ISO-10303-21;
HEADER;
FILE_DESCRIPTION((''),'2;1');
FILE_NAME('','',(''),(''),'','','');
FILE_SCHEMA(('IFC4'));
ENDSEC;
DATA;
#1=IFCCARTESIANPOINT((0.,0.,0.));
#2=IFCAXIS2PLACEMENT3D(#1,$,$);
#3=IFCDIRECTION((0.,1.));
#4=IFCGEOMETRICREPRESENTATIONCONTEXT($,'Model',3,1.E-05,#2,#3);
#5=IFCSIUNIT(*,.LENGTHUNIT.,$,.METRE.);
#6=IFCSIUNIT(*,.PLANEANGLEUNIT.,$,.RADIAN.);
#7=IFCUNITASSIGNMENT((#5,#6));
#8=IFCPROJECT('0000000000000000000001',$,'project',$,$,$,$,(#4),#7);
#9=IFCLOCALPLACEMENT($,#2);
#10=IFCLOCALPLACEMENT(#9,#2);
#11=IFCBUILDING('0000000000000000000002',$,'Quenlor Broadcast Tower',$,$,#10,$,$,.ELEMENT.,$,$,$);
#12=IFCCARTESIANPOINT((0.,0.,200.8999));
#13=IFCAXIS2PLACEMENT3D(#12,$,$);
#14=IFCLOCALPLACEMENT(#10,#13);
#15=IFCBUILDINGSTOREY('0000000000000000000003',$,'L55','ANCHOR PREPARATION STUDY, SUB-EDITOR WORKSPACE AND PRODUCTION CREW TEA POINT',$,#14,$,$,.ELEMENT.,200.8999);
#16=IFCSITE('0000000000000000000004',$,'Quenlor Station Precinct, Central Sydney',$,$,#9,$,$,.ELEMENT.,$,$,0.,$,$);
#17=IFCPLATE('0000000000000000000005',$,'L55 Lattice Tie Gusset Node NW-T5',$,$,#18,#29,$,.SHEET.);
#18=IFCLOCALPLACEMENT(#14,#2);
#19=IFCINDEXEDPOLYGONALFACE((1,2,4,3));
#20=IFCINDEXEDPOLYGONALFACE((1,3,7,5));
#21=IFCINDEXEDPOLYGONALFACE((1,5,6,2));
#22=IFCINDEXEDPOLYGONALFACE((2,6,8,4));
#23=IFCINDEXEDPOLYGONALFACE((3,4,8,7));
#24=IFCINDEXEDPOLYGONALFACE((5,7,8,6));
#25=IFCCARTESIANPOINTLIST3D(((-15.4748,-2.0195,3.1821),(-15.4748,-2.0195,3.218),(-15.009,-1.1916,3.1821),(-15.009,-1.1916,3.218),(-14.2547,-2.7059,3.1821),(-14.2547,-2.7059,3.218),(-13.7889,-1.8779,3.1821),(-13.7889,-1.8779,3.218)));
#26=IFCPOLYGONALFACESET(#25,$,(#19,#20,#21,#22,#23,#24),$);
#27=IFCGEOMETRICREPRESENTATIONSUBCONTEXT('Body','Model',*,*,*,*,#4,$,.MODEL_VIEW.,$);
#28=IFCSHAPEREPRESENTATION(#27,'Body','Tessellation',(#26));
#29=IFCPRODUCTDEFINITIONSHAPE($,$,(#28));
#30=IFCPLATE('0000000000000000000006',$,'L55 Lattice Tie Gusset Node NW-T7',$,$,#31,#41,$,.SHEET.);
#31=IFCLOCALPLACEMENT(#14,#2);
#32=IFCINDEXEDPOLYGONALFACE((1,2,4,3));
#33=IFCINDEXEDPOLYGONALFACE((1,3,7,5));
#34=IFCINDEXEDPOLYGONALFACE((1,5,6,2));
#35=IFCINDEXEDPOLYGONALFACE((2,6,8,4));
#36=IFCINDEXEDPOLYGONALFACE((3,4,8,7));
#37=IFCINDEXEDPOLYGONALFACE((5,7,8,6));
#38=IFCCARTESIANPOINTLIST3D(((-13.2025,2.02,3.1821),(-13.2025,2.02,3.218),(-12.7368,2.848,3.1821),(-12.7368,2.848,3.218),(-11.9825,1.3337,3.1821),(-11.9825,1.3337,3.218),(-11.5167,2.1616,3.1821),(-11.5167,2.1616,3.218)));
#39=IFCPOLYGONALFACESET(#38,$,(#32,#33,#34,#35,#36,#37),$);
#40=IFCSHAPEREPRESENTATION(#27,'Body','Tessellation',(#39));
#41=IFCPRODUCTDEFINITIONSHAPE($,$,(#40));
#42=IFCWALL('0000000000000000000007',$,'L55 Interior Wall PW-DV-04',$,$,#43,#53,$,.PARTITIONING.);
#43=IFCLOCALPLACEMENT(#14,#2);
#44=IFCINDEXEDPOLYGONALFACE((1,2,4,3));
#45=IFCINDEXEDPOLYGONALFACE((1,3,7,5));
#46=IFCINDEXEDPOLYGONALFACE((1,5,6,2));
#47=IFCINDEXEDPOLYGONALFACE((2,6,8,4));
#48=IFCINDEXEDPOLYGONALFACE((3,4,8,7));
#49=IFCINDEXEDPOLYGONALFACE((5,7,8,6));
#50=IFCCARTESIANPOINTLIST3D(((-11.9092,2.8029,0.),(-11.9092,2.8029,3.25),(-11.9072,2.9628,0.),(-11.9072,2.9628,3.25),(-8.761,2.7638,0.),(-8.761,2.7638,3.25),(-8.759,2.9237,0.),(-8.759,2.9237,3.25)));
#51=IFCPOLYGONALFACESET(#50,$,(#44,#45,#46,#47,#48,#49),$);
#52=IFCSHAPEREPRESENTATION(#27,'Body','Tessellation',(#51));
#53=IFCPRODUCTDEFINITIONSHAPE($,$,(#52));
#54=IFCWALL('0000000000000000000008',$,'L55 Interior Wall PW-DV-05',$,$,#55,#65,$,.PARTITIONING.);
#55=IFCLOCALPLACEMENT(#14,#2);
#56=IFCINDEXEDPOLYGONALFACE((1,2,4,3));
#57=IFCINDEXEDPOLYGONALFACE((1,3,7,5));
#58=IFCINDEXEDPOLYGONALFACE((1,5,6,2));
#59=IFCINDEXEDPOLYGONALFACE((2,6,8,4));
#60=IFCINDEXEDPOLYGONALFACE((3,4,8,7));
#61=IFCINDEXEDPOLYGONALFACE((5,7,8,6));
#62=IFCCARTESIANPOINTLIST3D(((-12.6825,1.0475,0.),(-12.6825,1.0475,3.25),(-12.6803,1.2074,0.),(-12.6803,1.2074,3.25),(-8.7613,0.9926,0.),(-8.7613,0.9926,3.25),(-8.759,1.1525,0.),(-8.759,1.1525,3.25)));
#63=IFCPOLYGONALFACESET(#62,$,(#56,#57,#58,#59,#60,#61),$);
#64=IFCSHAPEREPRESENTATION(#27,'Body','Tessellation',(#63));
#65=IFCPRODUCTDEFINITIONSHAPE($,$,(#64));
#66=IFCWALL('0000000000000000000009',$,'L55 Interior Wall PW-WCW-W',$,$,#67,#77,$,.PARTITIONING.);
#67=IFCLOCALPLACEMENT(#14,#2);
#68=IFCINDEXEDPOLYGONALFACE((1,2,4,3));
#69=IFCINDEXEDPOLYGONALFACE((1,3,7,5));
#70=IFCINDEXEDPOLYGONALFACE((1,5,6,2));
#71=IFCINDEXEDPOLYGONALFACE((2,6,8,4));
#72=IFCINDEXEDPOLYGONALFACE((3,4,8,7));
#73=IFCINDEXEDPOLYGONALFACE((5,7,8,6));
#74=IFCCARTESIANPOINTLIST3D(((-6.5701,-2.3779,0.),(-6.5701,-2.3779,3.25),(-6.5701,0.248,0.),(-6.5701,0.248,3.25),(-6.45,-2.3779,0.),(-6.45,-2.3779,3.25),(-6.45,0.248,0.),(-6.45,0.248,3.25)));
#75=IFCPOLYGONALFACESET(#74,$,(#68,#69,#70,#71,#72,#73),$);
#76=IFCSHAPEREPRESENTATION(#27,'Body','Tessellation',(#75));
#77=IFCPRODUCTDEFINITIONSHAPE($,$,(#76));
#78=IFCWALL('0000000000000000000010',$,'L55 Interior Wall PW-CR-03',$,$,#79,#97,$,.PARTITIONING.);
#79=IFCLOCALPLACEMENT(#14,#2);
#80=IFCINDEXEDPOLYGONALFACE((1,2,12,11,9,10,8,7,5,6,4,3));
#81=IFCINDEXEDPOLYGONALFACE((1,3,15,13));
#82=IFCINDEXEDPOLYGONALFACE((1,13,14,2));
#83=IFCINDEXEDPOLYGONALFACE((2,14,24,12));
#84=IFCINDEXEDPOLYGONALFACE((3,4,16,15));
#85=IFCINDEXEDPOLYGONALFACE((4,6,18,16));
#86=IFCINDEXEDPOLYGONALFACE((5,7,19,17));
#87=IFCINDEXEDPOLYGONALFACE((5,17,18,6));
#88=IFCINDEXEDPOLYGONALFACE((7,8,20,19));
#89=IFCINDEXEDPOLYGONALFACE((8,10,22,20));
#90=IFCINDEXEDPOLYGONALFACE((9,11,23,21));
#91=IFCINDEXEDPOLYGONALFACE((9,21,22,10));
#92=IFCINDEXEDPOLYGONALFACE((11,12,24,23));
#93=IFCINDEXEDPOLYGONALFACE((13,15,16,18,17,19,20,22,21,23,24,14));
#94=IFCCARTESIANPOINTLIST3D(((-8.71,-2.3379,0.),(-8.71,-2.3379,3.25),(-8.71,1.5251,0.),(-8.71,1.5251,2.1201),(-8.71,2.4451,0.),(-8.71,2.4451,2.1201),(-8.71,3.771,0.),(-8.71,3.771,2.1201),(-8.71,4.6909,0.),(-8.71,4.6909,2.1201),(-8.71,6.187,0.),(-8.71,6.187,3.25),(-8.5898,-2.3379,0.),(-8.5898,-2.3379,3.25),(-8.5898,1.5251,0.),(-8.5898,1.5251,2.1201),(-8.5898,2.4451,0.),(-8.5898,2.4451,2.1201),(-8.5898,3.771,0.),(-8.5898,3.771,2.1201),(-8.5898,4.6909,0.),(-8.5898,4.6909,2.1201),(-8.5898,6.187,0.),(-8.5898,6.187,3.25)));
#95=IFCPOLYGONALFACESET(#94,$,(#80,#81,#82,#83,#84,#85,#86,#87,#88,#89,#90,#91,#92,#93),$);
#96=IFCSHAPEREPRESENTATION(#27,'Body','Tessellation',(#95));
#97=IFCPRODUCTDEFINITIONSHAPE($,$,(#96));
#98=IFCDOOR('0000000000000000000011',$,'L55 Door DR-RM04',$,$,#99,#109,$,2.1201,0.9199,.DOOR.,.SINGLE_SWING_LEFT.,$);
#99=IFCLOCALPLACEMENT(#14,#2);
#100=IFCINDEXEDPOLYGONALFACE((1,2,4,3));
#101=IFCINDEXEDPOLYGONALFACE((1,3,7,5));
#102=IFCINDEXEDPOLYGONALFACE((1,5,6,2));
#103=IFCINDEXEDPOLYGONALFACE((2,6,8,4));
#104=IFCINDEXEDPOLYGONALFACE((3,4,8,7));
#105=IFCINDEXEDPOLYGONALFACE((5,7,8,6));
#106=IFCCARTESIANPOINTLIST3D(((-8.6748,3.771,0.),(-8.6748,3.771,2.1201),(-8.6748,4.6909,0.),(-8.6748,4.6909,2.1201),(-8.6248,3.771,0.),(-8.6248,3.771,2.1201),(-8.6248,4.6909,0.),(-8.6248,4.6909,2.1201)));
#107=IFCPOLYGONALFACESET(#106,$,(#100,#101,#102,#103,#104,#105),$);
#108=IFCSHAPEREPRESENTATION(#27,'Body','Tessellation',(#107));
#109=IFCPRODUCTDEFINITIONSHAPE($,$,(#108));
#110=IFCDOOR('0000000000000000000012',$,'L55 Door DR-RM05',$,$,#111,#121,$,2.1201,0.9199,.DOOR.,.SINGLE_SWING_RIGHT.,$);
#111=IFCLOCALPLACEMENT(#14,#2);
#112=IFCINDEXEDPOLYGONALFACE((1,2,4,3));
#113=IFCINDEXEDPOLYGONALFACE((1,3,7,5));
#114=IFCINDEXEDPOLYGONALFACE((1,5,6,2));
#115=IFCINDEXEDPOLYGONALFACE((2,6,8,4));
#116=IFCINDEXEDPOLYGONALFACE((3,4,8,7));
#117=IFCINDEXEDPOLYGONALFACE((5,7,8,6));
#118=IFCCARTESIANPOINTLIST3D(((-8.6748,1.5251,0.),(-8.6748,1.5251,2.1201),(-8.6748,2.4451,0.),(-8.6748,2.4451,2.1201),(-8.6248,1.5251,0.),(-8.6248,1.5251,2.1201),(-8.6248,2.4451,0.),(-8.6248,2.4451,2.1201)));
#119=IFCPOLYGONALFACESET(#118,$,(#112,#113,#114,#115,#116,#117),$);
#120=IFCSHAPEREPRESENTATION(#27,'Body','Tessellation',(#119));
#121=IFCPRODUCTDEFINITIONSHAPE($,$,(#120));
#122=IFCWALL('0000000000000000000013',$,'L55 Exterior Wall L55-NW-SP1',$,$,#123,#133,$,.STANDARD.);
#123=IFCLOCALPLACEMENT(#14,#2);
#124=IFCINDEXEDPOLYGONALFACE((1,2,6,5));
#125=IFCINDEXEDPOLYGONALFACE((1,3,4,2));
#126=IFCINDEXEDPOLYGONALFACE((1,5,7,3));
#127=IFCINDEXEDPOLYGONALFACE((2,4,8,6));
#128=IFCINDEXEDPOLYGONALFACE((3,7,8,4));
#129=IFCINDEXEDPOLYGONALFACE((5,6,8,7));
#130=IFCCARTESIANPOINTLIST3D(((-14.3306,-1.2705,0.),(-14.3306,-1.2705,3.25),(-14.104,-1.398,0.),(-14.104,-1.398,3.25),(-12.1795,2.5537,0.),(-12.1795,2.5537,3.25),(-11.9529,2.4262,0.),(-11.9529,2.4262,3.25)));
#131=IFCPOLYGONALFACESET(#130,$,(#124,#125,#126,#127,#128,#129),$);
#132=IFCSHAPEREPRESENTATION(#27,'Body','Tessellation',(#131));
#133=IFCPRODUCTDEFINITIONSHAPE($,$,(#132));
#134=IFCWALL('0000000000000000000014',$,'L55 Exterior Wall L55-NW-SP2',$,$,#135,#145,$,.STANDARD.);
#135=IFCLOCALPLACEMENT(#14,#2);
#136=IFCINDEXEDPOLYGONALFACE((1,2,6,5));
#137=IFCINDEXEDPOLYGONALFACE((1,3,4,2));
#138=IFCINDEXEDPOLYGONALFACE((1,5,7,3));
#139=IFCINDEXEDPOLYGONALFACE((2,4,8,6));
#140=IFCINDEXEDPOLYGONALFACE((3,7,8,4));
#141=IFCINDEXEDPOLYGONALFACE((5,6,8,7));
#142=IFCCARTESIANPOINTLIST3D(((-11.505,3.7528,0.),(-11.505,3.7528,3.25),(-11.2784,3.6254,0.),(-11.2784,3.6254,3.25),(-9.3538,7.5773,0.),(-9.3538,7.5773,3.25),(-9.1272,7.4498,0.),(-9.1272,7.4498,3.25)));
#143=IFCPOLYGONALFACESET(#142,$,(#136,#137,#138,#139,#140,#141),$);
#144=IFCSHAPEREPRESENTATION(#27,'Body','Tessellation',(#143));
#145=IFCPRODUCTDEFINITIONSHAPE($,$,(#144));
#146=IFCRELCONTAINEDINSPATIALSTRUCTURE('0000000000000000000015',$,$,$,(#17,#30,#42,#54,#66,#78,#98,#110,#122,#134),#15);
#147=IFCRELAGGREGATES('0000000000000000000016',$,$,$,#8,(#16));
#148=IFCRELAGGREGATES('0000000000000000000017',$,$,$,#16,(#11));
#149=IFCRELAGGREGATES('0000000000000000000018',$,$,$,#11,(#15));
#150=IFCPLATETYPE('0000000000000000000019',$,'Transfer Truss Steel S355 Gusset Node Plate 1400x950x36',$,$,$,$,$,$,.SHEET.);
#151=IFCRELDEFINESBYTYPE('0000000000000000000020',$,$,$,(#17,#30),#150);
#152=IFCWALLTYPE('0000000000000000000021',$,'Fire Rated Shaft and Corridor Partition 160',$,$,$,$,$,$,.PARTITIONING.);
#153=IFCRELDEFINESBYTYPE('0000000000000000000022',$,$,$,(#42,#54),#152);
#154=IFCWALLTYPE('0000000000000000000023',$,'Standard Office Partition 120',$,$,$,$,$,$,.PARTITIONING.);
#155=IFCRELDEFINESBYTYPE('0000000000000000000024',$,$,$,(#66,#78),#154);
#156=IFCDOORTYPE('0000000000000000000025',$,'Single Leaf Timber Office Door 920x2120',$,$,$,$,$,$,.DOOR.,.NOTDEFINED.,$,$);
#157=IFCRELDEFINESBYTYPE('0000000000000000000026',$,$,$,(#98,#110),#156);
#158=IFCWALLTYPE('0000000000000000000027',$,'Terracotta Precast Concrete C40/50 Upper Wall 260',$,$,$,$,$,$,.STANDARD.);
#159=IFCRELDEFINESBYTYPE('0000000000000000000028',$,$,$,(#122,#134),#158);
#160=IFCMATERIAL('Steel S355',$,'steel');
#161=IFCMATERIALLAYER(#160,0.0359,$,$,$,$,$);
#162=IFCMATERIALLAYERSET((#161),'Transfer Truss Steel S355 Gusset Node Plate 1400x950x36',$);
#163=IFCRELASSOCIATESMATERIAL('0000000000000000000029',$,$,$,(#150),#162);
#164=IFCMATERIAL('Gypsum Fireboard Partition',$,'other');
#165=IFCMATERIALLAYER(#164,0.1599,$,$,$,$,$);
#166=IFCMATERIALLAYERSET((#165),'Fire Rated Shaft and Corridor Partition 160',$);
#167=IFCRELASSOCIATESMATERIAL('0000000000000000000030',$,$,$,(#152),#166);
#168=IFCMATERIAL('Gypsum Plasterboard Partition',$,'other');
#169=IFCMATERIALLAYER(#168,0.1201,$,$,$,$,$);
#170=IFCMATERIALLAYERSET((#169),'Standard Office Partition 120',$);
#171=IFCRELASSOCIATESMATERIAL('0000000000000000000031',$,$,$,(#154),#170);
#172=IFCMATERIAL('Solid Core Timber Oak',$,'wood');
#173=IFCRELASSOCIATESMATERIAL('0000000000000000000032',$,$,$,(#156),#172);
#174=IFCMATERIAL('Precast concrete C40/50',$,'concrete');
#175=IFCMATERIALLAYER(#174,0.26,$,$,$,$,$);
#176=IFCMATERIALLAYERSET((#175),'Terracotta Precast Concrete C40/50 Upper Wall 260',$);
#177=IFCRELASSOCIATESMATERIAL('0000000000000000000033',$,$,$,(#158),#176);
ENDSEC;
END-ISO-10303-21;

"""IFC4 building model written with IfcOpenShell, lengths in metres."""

from ifc_helpers import new_model, si_unit, direction, frame, frame_2d, origin, origin_2d, place, context, subcontext, project, spatial, rectangle, extrude, material, layer, layer_set, type_object, element, fill, save


model = new_model("IFC4")

# Units and contexts
model_context = context("Model", 3, precision=1e-05, world=origin(), true_north=direction((0.0, 1.0)))
body_context = subcontext(model_context, "Body", "Model", "MODEL_VIEW")
ifc_project = project(units=[si_unit("LENGTHUNIT", "METRE"), si_unit("PLANEANGLEUNIT", "RADIAN")], contexts=[model_context])

# Site, building, storey
site_placement = place(None, origin())
site = spatial("IfcSite", under=ifc_project, at=site_placement, Name="Quenlor Station Precinct, Central Sydney", CompositionType="ELEMENT", RefElevation=0.0)
building_placement = place(site_placement, origin())
building = spatial("IfcBuilding", under=site, at=building_placement, Name="Quenlor Broadcast Tower", CompositionType="ELEMENT")
storey_placement = place(building_placement, frame((0.0, 0.0, 200.8999)))
storey = spatial("IfcBuildingStorey", under=building, at=storey_placement, Name="L55", Description="ANCHOR PREPARATION STUDY, SUB-EDITOR WORKSPACE AND PRODUCTION CREW TEA POINT", CompositionType="ELEMENT", Elevation=200.8999)

# Plates
ifc_material_1 = material(Name="Steel S355", Category="steel")
ifc_layer_1 = layer(ifc_material_1, 0.0359)
ifc_layer_set_1 = layer_set([ifc_layer_1], Name="Transfer Truss Steel S355 Gusset Node Plate 1400x950x36")
plate_type_1 = type_object("IfcPlateType", Name="Transfer Truss Steel S355 Gusset Node Plate 1400x950x36", PredefinedType="SHEET", material=ifc_layer_set_1)
for number, where, z_axis, x_axis, name in (
    (1, (-14.6318, -1.9487, 3.1821), (0.0, 0.0, 1.0), (-0.871556, 0.490295, 0.0), "L55 Lattice Tie Gusset Node NW-T5"),
    (2, (-12.3596, 2.0908, 3.1821), (0.0, 0.0, 1.0), (-0.871556, 0.490295, 0.0), "L55 Lattice Tie Gusset Node NW-T7"),
):
    element("IfcPlate", number, at=place(storey_placement, frame(where, z_axis=z_axis, x_axis=x_axis)), inside=storey, type_object=plate_type_1, Name=name, PredefinedType="SHEET", context=body_context, shape_type="SweptSolid", body=[
        extrude(rectangle(XDim=1.3999, YDim=0.95, at=origin_2d()), origin(), (0.0, 0.0, 1.0), 0.0359),
    ])

# Walls
ifc_material_2 = material(Name="Gypsum Fireboard Partition", Category="other")
ifc_layer_2 = layer(ifc_material_2, 0.1599)
ifc_layer_set_2 = layer_set([ifc_layer_2], Name="Fire Rated Shaft and Corridor Partition 160")
wall_type_1 = type_object("IfcWallType", Name="Fire Rated Shaft and Corridor Partition 160", PredefinedType="PARTITIONING", material=ifc_layer_set_2)
wall_1_placement = place(storey_placement, frame((-8.76, 2.8438, 0.0), z_axis=(0.0, 0.0, 1.0), x_axis=(-0.999923, 0.012407, 0.0)))
element("IfcWall", 3, at=wall_1_placement, inside=storey, type_object=wall_type_1, Name="L55 Interior Wall PW-DV-04", PredefinedType="PARTITIONING", context=body_context, shape_type="SweptSolid", body=[
    extrude(rectangle(XDim=3.1484, YDim=0.1599, at=frame_2d((1.5742, 0.0))), origin(), (0.0, 0.0, 1.0), 3.25),
])
wall_2_placement = place(storey_placement, frame((-8.76, 1.0725, 0.0), z_axis=(0.0, 0.0, 1.0), x_axis=(-0.999902, 0.014008, 0.0)))
element("IfcWall", 4, at=wall_2_placement, inside=storey, type_object=wall_type_1, Name="L55 Interior Wall PW-DV-05", PredefinedType="PARTITIONING", context=body_context, shape_type="SweptSolid", body=[
    extrude(rectangle(XDim=3.9216, YDim=0.1599, at=frame_2d((1.9609, 0.0))), origin(), (0.0, 0.0, 1.0), 3.25),
])
ifc_material_3 = material(Name="Gypsum Plasterboard Partition", Category="other")
ifc_layer_3 = layer(ifc_material_3, 0.1201)
ifc_layer_set_3 = layer_set([ifc_layer_3], Name="Standard Office Partition 120")
wall_type_2 = type_object("IfcWallType", Name="Standard Office Partition 120", PredefinedType="PARTITIONING", material=ifc_layer_set_3)
wall_3_placement = place(storey_placement, frame((-6.51, -2.3779, 0.0), z_axis=(0.0, 0.0, 1.0), x_axis=(0.0, 1.0, 0.0)))
element("IfcWall", 5, at=wall_3_placement, inside=storey, type_object=wall_type_2, Name="L55 Interior Wall PW-WCW-W", PredefinedType="PARTITIONING", context=body_context, shape_type="SweptSolid", body=[
    extrude(rectangle(XDim=2.626, YDim=0.1201, at=frame_2d((1.313, 0.0))), origin(), (0.0, 0.0, 1.0), 3.25),
])

# Wall, openings, doors
wall_4_placement = place(storey_placement, frame((-8.6499, -2.3379, 0.0), z_axis=(0.0, 0.0, 1.0), x_axis=(0.0, 1.0, 0.0)))
wall_4 = element("IfcWall", 6, at=wall_4_placement, inside=storey, type_object=wall_type_2, Name="L55 Interior Wall PW-CR-03", PredefinedType="PARTITIONING", context=body_context, shape_type="SweptSolid", body=[
    extrude(rectangle(XDim=8.5249, YDim=0.1201, at=frame_2d((4.2625, 0.0))), origin(), (0.0, 0.0, 1.0), 3.25),
])
opening_1_placement = place(wall_4_placement, frame((6.1089, 0.0, 0.0)))
opening_1 = element("IfcOpeningElement", 7, at=opening_1_placement, cuts=wall_4, PredefinedType="OPENING", context=body_context, shape_type="SweptSolid", body=[
    extrude(rectangle(XDim=0.9199, YDim=2.1201, at=frame_2d((0.46, 1.0601))), frame((0.0, 0.0701, 0.0), z_axis=(0.0, -1.0, 0.0), x_axis=(1.0, 0.0, 0.0)), (0.0, 0.0, 1.0), 0.1401),
])
opening_2_placement = place(wall_4_placement, frame((3.863, 0.0, 0.0)))
opening_2 = element("IfcOpeningElement", 8, at=opening_2_placement, cuts=wall_4, PredefinedType="OPENING", context=body_context, shape_type="SweptSolid", body=[
    extrude(rectangle(XDim=0.9199, YDim=2.1201, at=frame_2d((0.46, 1.0601))), frame((0.0, 0.0701, 0.0), z_axis=(0.0, -1.0, 0.0), x_axis=(1.0, 0.0, 0.0)), (0.0, 0.0, 1.0), 0.1401),
])
ifc_material_4 = material(Name="Solid Core Timber Oak", Category="wood")
door_type = type_object("IfcDoorType", Name="Single Leaf Timber Office Door 920x2120", OperationType="NOTDEFINED", PredefinedType="DOOR", material=ifc_material_4)
door_1_placement = place(opening_1_placement, origin())
door_1 = element("IfcDoor", 9, at=door_1_placement, inside=storey, type_object=door_type, Name="L55 Door DR-RM04", OperationType="SINGLE_SWING_LEFT", OverallHeight=2.1201, OverallWidth=0.9199, PredefinedType="DOOR", context=body_context, shape_type="SweptSolid", body=[
    extrude(rectangle(XDim=0.9199, YDim=2.1201, at=frame_2d((0.46, 1.0601))), frame((0.0, 0.0249, 0.0), z_axis=(0.0, -1.0, 0.0), x_axis=(1.0, 0.0, 0.0)), (0.0, 0.0, 1.0), 0.05),
])
fill(opening_1, door_1)
door_2_placement = place(opening_2_placement, origin())
door_2 = element("IfcDoor", 10, at=door_2_placement, inside=storey, type_object=door_type, Name="L55 Door DR-RM05", OperationType="SINGLE_SWING_RIGHT", OverallHeight=2.1201, OverallWidth=0.9199, PredefinedType="DOOR", context=body_context, shape_type="SweptSolid", body=[
    extrude(rectangle(XDim=0.9199, YDim=2.1201, at=frame_2d((0.46, 1.0601))), frame((0.0, 0.0249, 0.0), z_axis=(0.0, -1.0, 0.0), x_axis=(1.0, 0.0, 0.0)), (0.0, 0.0, 1.0), 0.05),
])
fill(opening_2, door_2)

# Walls
ifc_material_5 = material(Name="Precast concrete C40/50", Category="concrete")
ifc_layer_4 = layer(ifc_material_5, 0.26)
ifc_layer_set_4 = layer_set([ifc_layer_4], Name="Terracotta Precast Concrete C40/50 Upper Wall 260")
wall_type_3 = type_object("IfcWallType", Name="Terracotta Precast Concrete C40/50 Upper Wall 260", PredefinedType="STANDARD", material=ifc_layer_set_4)
wall_5_placement = place(storey_placement, frame((-14.2173, -1.3342, 0.0), z_axis=(0.0, 0.0, 1.0), x_axis=(0.490261, 0.871576, 0.0)))
element("IfcWall", 11, at=wall_5_placement, inside=storey, type_object=wall_type_3, Name="L55 Exterior Wall L55-NW-SP1", PredefinedType="STANDARD", context=body_context, shape_type="SweptSolid", body=[
    extrude(rectangle(XDim=4.3877, YDim=0.26, at=frame_2d((2.1938, 0.0))), origin(), (0.0, 0.0, 1.0), 3.25),
])
wall_6_placement = place(storey_placement, frame((-11.3916, 3.6892, 0.0), z_axis=(0.0, 0.0, 1.0), x_axis=(0.490237, 0.871589, 0.0)))
element("IfcWall", 12, at=wall_6_placement, inside=storey, type_object=wall_type_3, Name="L55 Exterior Wall L55-NW-SP2", PredefinedType="STANDARD", context=body_context, shape_type="SweptSolid", body=[
    extrude(rectangle(XDim=4.3879, YDim=0.26, at=frame_2d((2.1938, 0.0))), origin(), (0.0, 0.0, 1.0), 3.25),
])

save(model, "model.ifc")
